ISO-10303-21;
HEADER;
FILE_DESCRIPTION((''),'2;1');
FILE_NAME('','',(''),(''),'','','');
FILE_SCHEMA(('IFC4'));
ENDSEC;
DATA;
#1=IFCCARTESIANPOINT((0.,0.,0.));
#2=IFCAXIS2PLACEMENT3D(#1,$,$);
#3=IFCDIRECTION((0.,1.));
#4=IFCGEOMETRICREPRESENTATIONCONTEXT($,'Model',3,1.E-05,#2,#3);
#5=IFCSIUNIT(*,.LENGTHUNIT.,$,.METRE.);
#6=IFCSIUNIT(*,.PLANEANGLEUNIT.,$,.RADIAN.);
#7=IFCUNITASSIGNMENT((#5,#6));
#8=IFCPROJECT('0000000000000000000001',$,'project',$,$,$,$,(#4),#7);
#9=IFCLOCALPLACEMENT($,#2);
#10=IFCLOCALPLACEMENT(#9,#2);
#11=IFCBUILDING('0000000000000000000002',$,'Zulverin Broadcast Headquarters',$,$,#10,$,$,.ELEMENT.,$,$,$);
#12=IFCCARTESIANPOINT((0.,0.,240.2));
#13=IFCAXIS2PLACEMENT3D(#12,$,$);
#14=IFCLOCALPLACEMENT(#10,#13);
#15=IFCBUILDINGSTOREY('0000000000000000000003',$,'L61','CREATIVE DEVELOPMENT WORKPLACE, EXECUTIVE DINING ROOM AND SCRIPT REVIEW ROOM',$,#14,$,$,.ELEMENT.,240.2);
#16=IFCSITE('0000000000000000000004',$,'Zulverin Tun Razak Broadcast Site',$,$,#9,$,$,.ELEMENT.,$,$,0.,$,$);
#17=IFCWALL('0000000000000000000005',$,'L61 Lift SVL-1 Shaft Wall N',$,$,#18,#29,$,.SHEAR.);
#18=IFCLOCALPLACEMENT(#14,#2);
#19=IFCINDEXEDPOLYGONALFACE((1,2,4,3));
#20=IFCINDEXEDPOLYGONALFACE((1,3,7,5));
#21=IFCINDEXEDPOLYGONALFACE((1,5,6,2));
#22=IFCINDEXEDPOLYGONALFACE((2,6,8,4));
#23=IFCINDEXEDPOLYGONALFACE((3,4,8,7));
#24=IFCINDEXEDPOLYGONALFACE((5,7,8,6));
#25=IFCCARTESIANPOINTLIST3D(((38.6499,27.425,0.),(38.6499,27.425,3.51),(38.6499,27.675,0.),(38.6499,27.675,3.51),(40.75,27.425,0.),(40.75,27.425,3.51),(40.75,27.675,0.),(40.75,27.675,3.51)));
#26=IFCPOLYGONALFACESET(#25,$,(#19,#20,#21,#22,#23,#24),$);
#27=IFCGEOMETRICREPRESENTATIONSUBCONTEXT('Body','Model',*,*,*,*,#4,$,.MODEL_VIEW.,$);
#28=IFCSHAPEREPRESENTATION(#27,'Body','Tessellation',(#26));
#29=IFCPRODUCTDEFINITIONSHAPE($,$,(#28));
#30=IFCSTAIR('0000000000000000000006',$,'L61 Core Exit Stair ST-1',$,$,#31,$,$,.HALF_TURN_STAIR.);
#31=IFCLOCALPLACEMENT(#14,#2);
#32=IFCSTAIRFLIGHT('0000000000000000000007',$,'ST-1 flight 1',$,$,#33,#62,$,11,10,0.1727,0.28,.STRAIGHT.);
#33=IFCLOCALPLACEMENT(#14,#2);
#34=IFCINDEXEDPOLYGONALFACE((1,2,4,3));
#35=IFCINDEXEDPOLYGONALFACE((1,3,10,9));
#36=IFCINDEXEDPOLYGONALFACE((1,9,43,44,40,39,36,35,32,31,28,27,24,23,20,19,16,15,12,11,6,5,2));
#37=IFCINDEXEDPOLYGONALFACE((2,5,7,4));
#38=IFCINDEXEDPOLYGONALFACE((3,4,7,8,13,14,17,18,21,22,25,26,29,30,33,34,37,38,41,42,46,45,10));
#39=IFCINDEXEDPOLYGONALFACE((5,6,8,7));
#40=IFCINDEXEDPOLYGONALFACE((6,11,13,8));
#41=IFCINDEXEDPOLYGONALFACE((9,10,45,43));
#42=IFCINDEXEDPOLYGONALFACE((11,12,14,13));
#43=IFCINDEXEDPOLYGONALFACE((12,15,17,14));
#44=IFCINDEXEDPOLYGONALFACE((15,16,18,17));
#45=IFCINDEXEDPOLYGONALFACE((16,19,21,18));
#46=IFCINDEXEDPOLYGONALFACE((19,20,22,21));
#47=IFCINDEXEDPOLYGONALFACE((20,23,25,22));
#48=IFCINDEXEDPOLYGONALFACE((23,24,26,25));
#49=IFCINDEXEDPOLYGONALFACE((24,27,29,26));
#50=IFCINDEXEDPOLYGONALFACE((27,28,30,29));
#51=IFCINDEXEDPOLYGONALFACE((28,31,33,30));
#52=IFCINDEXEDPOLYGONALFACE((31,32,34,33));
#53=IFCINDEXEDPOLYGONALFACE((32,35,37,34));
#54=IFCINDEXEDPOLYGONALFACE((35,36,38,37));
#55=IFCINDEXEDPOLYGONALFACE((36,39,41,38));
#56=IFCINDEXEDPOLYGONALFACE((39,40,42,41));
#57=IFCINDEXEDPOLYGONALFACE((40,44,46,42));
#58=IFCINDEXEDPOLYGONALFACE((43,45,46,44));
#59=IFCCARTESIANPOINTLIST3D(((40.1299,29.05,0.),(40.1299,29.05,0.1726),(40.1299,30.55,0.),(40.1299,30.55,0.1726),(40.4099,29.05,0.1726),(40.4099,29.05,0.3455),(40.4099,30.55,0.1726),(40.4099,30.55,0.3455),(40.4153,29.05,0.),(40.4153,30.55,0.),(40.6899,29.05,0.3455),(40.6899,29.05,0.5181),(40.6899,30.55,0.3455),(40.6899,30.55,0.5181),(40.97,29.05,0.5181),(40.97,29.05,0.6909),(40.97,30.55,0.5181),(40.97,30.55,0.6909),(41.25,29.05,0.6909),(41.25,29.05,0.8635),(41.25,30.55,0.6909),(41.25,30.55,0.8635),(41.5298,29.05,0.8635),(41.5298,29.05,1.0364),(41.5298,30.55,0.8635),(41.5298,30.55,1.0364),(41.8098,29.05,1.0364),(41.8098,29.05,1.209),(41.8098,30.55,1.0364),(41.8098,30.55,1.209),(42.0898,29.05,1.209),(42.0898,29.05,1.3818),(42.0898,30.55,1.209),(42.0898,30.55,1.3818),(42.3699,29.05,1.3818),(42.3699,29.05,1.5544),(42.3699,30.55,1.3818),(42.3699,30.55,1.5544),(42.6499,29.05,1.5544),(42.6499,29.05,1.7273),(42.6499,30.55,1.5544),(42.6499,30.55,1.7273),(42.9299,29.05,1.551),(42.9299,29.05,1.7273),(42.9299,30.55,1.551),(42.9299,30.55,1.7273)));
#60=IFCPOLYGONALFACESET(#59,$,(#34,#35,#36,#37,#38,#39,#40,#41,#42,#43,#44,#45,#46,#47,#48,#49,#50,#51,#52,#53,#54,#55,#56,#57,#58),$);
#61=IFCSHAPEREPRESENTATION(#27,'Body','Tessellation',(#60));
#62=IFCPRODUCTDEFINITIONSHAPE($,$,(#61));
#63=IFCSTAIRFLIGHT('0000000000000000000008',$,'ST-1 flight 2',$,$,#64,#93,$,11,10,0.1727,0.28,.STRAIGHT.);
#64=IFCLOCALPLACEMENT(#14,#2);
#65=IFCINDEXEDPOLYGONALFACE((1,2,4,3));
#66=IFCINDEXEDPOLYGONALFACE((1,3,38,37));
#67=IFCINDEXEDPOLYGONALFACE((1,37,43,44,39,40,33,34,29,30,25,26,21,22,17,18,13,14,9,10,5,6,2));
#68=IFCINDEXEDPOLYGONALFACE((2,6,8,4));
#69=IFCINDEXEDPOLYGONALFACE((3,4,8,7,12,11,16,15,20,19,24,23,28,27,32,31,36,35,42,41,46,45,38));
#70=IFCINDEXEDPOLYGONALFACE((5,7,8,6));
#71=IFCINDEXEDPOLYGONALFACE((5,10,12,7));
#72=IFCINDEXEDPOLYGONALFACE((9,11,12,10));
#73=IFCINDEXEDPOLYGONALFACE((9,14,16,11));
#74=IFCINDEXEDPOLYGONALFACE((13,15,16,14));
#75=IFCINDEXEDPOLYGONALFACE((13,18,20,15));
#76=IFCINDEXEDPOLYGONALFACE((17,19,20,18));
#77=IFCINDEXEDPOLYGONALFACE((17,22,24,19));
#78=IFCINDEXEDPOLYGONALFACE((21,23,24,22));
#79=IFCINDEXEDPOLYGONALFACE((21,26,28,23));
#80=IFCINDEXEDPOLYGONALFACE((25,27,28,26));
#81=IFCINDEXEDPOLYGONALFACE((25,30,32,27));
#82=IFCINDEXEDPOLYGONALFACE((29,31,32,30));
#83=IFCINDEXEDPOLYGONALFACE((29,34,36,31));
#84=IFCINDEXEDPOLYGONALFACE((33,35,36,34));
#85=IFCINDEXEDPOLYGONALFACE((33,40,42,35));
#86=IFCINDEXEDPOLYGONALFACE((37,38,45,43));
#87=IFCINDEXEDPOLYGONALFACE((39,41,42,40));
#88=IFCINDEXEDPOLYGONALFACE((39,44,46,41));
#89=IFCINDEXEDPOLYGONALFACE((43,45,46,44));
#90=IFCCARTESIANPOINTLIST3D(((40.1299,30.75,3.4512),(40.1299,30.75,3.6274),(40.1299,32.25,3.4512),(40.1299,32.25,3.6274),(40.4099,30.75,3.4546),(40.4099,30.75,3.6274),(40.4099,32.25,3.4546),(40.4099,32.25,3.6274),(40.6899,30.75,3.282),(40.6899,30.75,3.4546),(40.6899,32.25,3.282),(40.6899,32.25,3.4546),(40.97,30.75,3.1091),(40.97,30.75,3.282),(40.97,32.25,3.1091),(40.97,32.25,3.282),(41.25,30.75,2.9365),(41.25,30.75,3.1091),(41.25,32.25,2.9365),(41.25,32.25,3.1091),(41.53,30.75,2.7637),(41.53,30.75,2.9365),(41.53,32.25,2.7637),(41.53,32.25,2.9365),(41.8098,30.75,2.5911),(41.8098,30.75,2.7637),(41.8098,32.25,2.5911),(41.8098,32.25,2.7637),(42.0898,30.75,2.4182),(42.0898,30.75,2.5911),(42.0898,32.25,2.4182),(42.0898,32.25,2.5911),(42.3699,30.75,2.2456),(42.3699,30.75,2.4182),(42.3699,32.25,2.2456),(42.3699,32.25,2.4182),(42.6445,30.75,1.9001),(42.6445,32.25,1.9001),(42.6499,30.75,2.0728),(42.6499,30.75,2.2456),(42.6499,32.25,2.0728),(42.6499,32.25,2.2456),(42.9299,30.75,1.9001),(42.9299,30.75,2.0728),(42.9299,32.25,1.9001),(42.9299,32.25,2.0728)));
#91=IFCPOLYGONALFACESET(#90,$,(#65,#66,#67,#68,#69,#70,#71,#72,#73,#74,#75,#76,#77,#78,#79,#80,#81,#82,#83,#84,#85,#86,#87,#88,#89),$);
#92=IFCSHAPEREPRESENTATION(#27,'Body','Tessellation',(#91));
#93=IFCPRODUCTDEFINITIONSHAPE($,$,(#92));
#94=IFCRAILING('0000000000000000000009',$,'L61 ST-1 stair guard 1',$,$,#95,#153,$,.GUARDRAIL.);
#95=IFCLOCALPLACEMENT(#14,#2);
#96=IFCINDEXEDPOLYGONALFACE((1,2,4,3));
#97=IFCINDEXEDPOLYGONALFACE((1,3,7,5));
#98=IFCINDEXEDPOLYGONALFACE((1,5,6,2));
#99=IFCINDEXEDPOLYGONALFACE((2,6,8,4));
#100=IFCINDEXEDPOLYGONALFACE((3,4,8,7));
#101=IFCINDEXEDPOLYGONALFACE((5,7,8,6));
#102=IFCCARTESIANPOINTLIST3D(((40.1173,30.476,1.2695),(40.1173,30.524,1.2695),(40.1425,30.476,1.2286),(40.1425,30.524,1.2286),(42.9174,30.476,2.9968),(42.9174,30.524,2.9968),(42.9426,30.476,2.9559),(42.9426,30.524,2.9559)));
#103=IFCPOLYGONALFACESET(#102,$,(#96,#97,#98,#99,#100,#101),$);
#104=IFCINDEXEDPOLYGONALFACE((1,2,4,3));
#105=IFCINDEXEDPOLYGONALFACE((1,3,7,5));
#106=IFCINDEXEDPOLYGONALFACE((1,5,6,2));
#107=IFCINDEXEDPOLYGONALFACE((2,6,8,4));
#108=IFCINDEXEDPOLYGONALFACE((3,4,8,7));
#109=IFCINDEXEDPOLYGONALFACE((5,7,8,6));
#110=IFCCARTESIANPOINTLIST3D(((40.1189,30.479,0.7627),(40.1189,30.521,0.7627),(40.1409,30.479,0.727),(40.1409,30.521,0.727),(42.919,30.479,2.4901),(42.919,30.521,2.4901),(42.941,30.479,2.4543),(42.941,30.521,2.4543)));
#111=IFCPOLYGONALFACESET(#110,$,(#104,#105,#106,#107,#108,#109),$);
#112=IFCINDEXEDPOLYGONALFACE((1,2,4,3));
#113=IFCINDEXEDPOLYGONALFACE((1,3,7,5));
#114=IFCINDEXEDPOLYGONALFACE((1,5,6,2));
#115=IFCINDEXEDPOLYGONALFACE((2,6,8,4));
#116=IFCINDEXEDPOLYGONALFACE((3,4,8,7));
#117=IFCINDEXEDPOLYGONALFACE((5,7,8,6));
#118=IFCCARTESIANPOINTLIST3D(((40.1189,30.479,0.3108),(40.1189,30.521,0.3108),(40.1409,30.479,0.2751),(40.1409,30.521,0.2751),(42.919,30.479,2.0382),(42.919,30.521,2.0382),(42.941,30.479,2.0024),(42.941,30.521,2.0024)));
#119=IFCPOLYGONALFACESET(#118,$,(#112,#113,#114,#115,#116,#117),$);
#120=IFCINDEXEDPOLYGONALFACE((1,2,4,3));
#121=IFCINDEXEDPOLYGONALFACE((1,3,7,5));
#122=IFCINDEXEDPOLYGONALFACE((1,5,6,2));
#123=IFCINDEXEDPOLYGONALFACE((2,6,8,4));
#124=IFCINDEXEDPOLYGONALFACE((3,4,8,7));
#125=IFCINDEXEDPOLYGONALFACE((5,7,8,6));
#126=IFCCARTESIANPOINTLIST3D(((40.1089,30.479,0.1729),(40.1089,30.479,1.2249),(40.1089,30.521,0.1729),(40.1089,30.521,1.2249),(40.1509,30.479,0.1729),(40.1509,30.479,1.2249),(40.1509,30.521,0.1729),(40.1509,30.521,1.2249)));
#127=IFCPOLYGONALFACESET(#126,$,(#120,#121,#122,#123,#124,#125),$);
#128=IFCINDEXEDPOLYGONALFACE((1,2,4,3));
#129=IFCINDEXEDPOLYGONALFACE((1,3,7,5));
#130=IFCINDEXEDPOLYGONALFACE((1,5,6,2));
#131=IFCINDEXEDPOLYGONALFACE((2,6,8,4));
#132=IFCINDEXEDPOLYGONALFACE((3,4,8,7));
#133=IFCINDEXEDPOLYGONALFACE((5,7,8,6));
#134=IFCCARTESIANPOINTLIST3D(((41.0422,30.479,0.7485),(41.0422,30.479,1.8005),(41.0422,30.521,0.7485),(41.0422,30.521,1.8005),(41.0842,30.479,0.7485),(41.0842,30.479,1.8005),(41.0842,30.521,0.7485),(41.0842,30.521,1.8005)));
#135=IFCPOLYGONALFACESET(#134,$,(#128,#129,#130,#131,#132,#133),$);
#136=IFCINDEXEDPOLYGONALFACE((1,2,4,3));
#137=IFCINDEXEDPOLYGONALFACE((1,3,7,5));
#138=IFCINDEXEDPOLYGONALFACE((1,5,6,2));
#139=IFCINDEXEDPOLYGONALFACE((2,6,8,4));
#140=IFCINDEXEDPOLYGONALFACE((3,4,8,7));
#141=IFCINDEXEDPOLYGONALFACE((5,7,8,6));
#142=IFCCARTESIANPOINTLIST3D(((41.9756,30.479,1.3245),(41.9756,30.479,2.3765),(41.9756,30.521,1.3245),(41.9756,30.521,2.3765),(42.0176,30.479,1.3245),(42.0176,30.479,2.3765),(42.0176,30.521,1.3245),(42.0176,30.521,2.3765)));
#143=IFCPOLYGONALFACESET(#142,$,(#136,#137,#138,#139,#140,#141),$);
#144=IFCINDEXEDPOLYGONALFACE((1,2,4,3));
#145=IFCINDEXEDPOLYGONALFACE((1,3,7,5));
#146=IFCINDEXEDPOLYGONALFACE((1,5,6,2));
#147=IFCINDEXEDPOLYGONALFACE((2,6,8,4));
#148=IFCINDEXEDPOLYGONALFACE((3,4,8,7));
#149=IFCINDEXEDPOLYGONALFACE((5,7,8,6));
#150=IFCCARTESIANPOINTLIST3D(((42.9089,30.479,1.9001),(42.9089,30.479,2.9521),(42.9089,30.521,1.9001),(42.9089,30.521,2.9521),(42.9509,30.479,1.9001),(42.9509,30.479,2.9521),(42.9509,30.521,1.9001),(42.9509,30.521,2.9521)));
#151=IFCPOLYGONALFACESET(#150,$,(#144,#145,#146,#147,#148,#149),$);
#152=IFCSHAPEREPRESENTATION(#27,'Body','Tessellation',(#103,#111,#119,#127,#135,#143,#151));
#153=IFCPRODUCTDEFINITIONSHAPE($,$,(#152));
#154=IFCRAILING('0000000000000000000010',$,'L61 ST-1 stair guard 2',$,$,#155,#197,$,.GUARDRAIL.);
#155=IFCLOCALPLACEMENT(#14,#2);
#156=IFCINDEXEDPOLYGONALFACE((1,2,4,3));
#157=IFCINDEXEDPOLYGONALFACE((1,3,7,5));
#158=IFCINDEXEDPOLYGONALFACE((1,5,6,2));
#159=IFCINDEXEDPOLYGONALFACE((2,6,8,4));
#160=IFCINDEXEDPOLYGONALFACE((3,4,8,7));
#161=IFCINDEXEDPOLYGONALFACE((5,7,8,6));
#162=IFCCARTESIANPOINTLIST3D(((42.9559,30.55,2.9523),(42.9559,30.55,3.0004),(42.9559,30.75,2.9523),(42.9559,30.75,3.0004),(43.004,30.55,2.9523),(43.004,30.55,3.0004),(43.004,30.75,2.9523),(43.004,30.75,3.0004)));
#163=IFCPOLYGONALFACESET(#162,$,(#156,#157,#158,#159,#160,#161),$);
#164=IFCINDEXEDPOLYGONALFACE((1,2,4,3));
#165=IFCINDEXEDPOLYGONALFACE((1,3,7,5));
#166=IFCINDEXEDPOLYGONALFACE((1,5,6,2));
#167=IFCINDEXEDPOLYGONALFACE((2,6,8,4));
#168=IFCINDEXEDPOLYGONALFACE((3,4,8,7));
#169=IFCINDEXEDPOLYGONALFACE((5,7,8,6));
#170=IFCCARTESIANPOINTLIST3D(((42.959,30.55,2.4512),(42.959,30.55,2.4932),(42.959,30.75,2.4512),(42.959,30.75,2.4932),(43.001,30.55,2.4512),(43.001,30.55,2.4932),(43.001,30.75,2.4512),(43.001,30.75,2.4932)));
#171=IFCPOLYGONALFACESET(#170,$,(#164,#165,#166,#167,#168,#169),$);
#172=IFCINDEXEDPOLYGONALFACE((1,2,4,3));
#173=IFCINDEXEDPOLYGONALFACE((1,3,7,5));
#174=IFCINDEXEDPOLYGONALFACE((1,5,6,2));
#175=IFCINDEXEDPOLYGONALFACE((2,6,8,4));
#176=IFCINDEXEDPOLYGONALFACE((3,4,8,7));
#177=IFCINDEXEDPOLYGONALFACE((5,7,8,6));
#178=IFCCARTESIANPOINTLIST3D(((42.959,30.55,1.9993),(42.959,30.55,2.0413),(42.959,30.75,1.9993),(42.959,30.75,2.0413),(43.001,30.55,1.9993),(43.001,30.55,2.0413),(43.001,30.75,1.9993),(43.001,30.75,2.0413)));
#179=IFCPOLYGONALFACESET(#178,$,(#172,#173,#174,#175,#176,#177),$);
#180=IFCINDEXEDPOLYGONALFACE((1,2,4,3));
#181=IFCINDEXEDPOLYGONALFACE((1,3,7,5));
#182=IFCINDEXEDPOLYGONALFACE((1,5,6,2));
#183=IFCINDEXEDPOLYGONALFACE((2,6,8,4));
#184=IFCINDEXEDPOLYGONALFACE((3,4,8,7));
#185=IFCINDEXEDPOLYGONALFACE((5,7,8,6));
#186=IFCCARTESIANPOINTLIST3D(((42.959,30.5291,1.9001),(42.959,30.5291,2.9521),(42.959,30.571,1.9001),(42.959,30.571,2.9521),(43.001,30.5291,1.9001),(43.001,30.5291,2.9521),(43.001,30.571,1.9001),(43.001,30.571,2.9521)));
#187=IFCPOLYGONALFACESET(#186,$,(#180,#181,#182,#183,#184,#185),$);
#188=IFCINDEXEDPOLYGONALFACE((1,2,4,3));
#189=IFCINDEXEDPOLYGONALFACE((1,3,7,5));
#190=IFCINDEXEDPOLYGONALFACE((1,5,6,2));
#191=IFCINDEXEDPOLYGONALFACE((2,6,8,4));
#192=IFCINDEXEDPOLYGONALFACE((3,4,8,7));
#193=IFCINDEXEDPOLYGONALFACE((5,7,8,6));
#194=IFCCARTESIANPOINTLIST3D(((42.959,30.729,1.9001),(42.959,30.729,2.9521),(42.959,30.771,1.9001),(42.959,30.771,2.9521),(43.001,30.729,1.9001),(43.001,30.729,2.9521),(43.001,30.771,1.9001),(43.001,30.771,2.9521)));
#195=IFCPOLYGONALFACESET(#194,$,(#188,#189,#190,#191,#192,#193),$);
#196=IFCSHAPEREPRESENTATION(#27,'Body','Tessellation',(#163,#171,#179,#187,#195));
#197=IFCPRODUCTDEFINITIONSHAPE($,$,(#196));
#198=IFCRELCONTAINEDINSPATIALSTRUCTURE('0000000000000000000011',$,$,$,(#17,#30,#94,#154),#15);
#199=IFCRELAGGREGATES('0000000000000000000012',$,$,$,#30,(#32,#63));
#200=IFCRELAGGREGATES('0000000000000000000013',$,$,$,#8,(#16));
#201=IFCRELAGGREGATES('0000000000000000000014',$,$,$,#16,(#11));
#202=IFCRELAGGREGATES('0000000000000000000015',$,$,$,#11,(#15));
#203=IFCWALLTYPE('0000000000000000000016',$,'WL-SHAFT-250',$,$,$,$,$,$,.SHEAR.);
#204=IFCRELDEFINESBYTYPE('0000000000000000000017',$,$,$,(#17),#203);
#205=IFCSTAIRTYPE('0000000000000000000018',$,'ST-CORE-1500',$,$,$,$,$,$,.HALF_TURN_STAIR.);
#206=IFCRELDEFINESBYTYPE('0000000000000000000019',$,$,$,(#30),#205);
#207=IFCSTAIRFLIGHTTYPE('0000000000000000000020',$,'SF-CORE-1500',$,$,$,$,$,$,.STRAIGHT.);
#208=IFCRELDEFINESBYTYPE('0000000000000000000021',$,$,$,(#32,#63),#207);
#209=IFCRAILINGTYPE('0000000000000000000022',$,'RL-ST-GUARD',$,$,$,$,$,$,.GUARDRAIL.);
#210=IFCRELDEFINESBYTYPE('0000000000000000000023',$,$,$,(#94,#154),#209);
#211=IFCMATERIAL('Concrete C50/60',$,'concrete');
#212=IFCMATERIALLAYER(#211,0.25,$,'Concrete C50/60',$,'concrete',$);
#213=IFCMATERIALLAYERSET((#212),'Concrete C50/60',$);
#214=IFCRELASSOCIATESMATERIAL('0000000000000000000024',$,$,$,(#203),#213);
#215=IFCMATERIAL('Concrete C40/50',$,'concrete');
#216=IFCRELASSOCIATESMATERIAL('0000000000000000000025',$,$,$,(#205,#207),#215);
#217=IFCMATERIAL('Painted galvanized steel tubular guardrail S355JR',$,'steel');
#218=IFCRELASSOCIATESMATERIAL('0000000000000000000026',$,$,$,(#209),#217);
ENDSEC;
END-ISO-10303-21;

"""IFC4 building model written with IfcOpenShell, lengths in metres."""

from ifc_helpers import new_model, si_unit, direction, frame, frame_2d, origin, origin_2d, place, context, subcontext, project, spatial, polyline, rectangle, outline, extrude, material, layer, layer_set, type_object, element, aggregate, save


model = new_model("IFC4")

# Units and contexts
model_context = context("Model", 3, precision=1e-05, world=origin(), true_north=direction((0.0, 1.0)))
body_context = subcontext(model_context, "Body", "Model", "MODEL_VIEW")
ifc_project = project(units=[si_unit("LENGTHUNIT", "METRE"), si_unit("PLANEANGLEUNIT", "RADIAN")], contexts=[model_context])

# Site, building, storey
site_placement = place(None, origin())
site = spatial("IfcSite", under=ifc_project, at=site_placement, Name="Zulverin Tun Razak Broadcast Site", CompositionType="ELEMENT", RefElevation=0.0)
building_placement = place(site_placement, origin())
building = spatial("IfcBuilding", under=site, at=building_placement, Name="Zulverin Broadcast Headquarters", CompositionType="ELEMENT")
storey_placement = place(building_placement, frame((0.0, 0.0, 240.2)))
storey = spatial("IfcBuildingStorey", under=building, at=storey_placement, Name="L61", Description="CREATIVE DEVELOPMENT WORKPLACE, EXECUTIVE DINING ROOM AND SCRIPT REVIEW ROOM", CompositionType="ELEMENT", Elevation=240.2)

# Shared definitions
ifc_material_1 = material(Name="Concrete C50/60", Category="concrete")

# Shared definitions
ifc_material_2 = material(Name="Concrete C40/50", Category="concrete")

# Shared definitions
ifc_layer_1 = layer(ifc_material_1, 0.25, Name="Concrete C50/60", Category="concrete")
ifc_layer_set_1 = layer_set([ifc_layer_1], Name="Concrete C50/60")
wall_type_1 = type_object("IfcWallType", Name="WL-SHAFT-250", PredefinedType="SHEAR", material=ifc_layer_set_1)

# Wall
wall_1_placement = place(storey_placement, frame((38.6499, 27.55, 0.0), z_axis=(0.0, 0.0, 1.0), x_axis=(1.0, 0.0, 0.0)))
element("IfcWall", 1, at=wall_1_placement, inside=storey, type_object=wall_type_1, Name="L61 Lift SVL-1 Shaft Wall N", PredefinedType="SHEAR", context=body_context, shape_type="SweptSolid", body=[
    extrude(rectangle(XDim=2.1001, YDim=0.25, at=frame_2d((1.05, 0.0))), origin(), (0.0, 0.0, 1.0), 3.51),
])

# Stair, stair flights
stair_type = type_object("IfcStairType", Name="ST-CORE-1500", PredefinedType="HALF_TURN_STAIR", material=ifc_material_2)
stair_placement = place(storey_placement, origin())
stair = element("IfcStair", 2, at=stair_placement, inside=storey, type_object=stair_type, Name="L61 Core Exit Stair ST-1", PredefinedType="HALF_TURN_STAIR")
stair_flight_type = type_object("IfcStairFlightType", Name="SF-CORE-1500", PredefinedType="STRAIGHT", material=ifc_material_2)
stair_flight_1_placement = place(storey_placement, frame((40.1299, 29.8, 0.0), z_axis=(0.0, 0.0, 1.0), x_axis=(1.0, 0.0, 0.0)))
stair_flight_1 = element("IfcStairFlight", 3, at=stair_flight_1_placement, type_object=stair_flight_type, Name="ST-1 flight 1", NumberOfRisers=11, NumberOfTreads=10, PredefinedType="STRAIGHT", RiserHeight=0.1727, TreadLength=0.28, context=body_context, shape_type="SweptSolid", body=[
    extrude(outline(polyline([(0.0, 0.0), (0.0, 0.1726), (0.28, 0.1726), (0.28, 0.3455), (0.5601, 0.3455), (0.5601, 0.5181), (0.8401, 0.5181), (0.8401, 0.6909), (1.1201, 0.6909), (1.1201, 0.8635), (1.3999, 0.8635), (1.3999, 1.0364), (1.6799, 1.0364), (1.6799, 1.209), (1.96, 1.209), (1.96, 1.3818), (2.24, 1.3818), (2.24, 1.5544), (2.52, 1.5544), (2.52, 1.7273), (2.8, 1.7273), (2.8, 1.8999), (2.8, 1.551), (0.2854, 0.0), (0.0, 0.0)])), frame((0.0, 0.75, 0.0), z_axis=(0.0, -1.0, 0.0), x_axis=(1.0, 0.0, 0.0)), (0.0, 0.0, 1.0), 1.5),
])
stair_flight_2_placement = place(storey_placement, frame((42.9299, 31.5, 1.9001), z_axis=(0.0, 0.0, 1.0), x_axis=(-1.0, 0.0, 0.0)))
stair_flight_2 = element("IfcStairFlight", 4, at=stair_flight_2_placement, type_object=stair_flight_type, Name="ST-1 flight 2", NumberOfRisers=11, NumberOfTreads=10, PredefinedType="STRAIGHT", RiserHeight=0.1727, TreadLength=0.28, context=body_context, shape_type="SweptSolid", body=[
    extrude(outline(polyline([(0.0, 0.0), (0.0, 0.1726), (0.28, 0.1726), (0.28, 0.3455), (0.5601, 0.3455), (0.5601, 0.5181), (0.8401, 0.5181), (0.8401, 0.6909), (1.1201, 0.6909), (1.1201, 0.8635), (1.3999, 0.8635), (1.3999, 1.0364), (1.6799, 1.0364), (1.6799, 1.209), (1.96, 1.209), (1.96, 1.3818), (2.24, 1.3818), (2.24, 1.5544), (2.52, 1.5544), (2.52, 1.7273), (2.8, 1.7273), (2.8, 1.8999), (2.8, 1.551), (0.2854, 0.0), (0.0, 0.0)])), frame((0.0, 0.75, 0.0), z_axis=(0.0, -1.0, 0.0), x_axis=(1.0, 0.0, 0.0)), (0.0, 0.0, 1.0), 1.5),
])
aggregate(stair, [stair_flight_1, stair_flight_2])

# Railings
ifc_material_3 = material(Name="Painted galvanized steel tubular guardrail S355JR", Category="steel")
railing_type_1 = type_object("IfcRailingType", Name="RL-ST-GUARD", PredefinedType="GUARDRAIL", material=ifc_material_3)
railing_1_placement = place(storey_placement, frame((40.1299, 30.5, 0.1729)))
element("IfcRailing", 5, at=railing_1_placement, inside=storey, type_object=railing_type_1, Name="L61 ST-1 stair guard 1", PredefinedType="GUARDRAIL", context=body_context, shape_type="SweptSolid", body=[
    extrude(rectangle(XDim=0.0481, YDim=0.0481, at=origin_2d()), frame((0.0, 0.0, 1.0762), z_axis=(0.85109, 0.0, 0.52502), x_axis=(0.0, 1.0, 0.0)), (0.0, 0.0, 1.0), 3.29),
    extrude(rectangle(XDim=0.042, YDim=0.042, at=origin_2d()), frame((0.0, 0.0, 0.572), z_axis=(0.85109, 0.0, 0.52502), x_axis=(0.0, 1.0, 0.0)), (0.0, 0.0, 1.0), 3.29),
    extrude(rectangle(XDim=0.042, YDim=0.042, at=origin_2d()), frame((0.0, 0.0, 0.1201), z_axis=(0.85109, 0.0, 0.52502), x_axis=(0.0, 1.0, 0.0)), (0.0, 0.0, 1.0), 3.29),
    extrude(rectangle(XDim=0.042, YDim=0.042, at=origin_2d()), origin(), (0.0, 0.0, 1.0), 1.052),
    extrude(rectangle(XDim=0.042, YDim=0.042, at=origin_2d()), frame((0.9333, 0.0, 0.5757)), (0.0, 0.0, 1.0), 1.052),
    extrude(rectangle(XDim=0.042, YDim=0.042, at=origin_2d()), frame((1.8667, 0.0, 1.1516)), (0.0, 0.0, 1.0), 1.052),
    extrude(rectangle(XDim=0.042, YDim=0.042, at=origin_2d()), frame((2.8, 0.0, 1.7273)), (0.0, 0.0, 1.0), 1.052),
])
railing_2_placement = place(storey_placement, frame((42.98, 30.55, 1.9001)))
element("IfcRailing", 6, at=railing_2_placement, inside=storey, type_object=railing_type_1, Name="L61 ST-1 stair guard 2", PredefinedType="GUARDRAIL", context=body_context, shape_type="SweptSolid", body=[
    extrude(rectangle(XDim=0.0481, YDim=0.0481, at=origin_2d()), frame((0.0, 0.0, 1.0762), z_axis=(0.0, 1.0, 0.0), x_axis=(-1.0, 0.0, 0.0)), (0.0, 0.0, 1.0), 0.2),
    extrude(rectangle(XDim=0.042, YDim=0.042, at=origin_2d()), frame((0.0, 0.0, 0.572), z_axis=(0.0, 1.0, 0.0), x_axis=(-1.0, 0.0, 0.0)), (0.0, 0.0, 1.0), 0.2),
    extrude(rectangle(XDim=0.042, YDim=0.042, at=origin_2d()), frame((0.0, 0.0, 0.1201), z_axis=(0.0, 1.0, 0.0), x_axis=(-1.0, 0.0, 0.0)), (0.0, 0.0, 1.0), 0.2),
    extrude(rectangle(XDim=0.042, YDim=0.042, at=origin_2d()), origin(), (0.0, 0.0, 1.0), 1.052),
    extrude(rectangle(XDim=0.042, YDim=0.042, at=origin_2d()), frame((0.0, 0.2, 0.0)), (0.0, 0.0, 1.0), 1.052),
])

save(model, "model.ifc")
